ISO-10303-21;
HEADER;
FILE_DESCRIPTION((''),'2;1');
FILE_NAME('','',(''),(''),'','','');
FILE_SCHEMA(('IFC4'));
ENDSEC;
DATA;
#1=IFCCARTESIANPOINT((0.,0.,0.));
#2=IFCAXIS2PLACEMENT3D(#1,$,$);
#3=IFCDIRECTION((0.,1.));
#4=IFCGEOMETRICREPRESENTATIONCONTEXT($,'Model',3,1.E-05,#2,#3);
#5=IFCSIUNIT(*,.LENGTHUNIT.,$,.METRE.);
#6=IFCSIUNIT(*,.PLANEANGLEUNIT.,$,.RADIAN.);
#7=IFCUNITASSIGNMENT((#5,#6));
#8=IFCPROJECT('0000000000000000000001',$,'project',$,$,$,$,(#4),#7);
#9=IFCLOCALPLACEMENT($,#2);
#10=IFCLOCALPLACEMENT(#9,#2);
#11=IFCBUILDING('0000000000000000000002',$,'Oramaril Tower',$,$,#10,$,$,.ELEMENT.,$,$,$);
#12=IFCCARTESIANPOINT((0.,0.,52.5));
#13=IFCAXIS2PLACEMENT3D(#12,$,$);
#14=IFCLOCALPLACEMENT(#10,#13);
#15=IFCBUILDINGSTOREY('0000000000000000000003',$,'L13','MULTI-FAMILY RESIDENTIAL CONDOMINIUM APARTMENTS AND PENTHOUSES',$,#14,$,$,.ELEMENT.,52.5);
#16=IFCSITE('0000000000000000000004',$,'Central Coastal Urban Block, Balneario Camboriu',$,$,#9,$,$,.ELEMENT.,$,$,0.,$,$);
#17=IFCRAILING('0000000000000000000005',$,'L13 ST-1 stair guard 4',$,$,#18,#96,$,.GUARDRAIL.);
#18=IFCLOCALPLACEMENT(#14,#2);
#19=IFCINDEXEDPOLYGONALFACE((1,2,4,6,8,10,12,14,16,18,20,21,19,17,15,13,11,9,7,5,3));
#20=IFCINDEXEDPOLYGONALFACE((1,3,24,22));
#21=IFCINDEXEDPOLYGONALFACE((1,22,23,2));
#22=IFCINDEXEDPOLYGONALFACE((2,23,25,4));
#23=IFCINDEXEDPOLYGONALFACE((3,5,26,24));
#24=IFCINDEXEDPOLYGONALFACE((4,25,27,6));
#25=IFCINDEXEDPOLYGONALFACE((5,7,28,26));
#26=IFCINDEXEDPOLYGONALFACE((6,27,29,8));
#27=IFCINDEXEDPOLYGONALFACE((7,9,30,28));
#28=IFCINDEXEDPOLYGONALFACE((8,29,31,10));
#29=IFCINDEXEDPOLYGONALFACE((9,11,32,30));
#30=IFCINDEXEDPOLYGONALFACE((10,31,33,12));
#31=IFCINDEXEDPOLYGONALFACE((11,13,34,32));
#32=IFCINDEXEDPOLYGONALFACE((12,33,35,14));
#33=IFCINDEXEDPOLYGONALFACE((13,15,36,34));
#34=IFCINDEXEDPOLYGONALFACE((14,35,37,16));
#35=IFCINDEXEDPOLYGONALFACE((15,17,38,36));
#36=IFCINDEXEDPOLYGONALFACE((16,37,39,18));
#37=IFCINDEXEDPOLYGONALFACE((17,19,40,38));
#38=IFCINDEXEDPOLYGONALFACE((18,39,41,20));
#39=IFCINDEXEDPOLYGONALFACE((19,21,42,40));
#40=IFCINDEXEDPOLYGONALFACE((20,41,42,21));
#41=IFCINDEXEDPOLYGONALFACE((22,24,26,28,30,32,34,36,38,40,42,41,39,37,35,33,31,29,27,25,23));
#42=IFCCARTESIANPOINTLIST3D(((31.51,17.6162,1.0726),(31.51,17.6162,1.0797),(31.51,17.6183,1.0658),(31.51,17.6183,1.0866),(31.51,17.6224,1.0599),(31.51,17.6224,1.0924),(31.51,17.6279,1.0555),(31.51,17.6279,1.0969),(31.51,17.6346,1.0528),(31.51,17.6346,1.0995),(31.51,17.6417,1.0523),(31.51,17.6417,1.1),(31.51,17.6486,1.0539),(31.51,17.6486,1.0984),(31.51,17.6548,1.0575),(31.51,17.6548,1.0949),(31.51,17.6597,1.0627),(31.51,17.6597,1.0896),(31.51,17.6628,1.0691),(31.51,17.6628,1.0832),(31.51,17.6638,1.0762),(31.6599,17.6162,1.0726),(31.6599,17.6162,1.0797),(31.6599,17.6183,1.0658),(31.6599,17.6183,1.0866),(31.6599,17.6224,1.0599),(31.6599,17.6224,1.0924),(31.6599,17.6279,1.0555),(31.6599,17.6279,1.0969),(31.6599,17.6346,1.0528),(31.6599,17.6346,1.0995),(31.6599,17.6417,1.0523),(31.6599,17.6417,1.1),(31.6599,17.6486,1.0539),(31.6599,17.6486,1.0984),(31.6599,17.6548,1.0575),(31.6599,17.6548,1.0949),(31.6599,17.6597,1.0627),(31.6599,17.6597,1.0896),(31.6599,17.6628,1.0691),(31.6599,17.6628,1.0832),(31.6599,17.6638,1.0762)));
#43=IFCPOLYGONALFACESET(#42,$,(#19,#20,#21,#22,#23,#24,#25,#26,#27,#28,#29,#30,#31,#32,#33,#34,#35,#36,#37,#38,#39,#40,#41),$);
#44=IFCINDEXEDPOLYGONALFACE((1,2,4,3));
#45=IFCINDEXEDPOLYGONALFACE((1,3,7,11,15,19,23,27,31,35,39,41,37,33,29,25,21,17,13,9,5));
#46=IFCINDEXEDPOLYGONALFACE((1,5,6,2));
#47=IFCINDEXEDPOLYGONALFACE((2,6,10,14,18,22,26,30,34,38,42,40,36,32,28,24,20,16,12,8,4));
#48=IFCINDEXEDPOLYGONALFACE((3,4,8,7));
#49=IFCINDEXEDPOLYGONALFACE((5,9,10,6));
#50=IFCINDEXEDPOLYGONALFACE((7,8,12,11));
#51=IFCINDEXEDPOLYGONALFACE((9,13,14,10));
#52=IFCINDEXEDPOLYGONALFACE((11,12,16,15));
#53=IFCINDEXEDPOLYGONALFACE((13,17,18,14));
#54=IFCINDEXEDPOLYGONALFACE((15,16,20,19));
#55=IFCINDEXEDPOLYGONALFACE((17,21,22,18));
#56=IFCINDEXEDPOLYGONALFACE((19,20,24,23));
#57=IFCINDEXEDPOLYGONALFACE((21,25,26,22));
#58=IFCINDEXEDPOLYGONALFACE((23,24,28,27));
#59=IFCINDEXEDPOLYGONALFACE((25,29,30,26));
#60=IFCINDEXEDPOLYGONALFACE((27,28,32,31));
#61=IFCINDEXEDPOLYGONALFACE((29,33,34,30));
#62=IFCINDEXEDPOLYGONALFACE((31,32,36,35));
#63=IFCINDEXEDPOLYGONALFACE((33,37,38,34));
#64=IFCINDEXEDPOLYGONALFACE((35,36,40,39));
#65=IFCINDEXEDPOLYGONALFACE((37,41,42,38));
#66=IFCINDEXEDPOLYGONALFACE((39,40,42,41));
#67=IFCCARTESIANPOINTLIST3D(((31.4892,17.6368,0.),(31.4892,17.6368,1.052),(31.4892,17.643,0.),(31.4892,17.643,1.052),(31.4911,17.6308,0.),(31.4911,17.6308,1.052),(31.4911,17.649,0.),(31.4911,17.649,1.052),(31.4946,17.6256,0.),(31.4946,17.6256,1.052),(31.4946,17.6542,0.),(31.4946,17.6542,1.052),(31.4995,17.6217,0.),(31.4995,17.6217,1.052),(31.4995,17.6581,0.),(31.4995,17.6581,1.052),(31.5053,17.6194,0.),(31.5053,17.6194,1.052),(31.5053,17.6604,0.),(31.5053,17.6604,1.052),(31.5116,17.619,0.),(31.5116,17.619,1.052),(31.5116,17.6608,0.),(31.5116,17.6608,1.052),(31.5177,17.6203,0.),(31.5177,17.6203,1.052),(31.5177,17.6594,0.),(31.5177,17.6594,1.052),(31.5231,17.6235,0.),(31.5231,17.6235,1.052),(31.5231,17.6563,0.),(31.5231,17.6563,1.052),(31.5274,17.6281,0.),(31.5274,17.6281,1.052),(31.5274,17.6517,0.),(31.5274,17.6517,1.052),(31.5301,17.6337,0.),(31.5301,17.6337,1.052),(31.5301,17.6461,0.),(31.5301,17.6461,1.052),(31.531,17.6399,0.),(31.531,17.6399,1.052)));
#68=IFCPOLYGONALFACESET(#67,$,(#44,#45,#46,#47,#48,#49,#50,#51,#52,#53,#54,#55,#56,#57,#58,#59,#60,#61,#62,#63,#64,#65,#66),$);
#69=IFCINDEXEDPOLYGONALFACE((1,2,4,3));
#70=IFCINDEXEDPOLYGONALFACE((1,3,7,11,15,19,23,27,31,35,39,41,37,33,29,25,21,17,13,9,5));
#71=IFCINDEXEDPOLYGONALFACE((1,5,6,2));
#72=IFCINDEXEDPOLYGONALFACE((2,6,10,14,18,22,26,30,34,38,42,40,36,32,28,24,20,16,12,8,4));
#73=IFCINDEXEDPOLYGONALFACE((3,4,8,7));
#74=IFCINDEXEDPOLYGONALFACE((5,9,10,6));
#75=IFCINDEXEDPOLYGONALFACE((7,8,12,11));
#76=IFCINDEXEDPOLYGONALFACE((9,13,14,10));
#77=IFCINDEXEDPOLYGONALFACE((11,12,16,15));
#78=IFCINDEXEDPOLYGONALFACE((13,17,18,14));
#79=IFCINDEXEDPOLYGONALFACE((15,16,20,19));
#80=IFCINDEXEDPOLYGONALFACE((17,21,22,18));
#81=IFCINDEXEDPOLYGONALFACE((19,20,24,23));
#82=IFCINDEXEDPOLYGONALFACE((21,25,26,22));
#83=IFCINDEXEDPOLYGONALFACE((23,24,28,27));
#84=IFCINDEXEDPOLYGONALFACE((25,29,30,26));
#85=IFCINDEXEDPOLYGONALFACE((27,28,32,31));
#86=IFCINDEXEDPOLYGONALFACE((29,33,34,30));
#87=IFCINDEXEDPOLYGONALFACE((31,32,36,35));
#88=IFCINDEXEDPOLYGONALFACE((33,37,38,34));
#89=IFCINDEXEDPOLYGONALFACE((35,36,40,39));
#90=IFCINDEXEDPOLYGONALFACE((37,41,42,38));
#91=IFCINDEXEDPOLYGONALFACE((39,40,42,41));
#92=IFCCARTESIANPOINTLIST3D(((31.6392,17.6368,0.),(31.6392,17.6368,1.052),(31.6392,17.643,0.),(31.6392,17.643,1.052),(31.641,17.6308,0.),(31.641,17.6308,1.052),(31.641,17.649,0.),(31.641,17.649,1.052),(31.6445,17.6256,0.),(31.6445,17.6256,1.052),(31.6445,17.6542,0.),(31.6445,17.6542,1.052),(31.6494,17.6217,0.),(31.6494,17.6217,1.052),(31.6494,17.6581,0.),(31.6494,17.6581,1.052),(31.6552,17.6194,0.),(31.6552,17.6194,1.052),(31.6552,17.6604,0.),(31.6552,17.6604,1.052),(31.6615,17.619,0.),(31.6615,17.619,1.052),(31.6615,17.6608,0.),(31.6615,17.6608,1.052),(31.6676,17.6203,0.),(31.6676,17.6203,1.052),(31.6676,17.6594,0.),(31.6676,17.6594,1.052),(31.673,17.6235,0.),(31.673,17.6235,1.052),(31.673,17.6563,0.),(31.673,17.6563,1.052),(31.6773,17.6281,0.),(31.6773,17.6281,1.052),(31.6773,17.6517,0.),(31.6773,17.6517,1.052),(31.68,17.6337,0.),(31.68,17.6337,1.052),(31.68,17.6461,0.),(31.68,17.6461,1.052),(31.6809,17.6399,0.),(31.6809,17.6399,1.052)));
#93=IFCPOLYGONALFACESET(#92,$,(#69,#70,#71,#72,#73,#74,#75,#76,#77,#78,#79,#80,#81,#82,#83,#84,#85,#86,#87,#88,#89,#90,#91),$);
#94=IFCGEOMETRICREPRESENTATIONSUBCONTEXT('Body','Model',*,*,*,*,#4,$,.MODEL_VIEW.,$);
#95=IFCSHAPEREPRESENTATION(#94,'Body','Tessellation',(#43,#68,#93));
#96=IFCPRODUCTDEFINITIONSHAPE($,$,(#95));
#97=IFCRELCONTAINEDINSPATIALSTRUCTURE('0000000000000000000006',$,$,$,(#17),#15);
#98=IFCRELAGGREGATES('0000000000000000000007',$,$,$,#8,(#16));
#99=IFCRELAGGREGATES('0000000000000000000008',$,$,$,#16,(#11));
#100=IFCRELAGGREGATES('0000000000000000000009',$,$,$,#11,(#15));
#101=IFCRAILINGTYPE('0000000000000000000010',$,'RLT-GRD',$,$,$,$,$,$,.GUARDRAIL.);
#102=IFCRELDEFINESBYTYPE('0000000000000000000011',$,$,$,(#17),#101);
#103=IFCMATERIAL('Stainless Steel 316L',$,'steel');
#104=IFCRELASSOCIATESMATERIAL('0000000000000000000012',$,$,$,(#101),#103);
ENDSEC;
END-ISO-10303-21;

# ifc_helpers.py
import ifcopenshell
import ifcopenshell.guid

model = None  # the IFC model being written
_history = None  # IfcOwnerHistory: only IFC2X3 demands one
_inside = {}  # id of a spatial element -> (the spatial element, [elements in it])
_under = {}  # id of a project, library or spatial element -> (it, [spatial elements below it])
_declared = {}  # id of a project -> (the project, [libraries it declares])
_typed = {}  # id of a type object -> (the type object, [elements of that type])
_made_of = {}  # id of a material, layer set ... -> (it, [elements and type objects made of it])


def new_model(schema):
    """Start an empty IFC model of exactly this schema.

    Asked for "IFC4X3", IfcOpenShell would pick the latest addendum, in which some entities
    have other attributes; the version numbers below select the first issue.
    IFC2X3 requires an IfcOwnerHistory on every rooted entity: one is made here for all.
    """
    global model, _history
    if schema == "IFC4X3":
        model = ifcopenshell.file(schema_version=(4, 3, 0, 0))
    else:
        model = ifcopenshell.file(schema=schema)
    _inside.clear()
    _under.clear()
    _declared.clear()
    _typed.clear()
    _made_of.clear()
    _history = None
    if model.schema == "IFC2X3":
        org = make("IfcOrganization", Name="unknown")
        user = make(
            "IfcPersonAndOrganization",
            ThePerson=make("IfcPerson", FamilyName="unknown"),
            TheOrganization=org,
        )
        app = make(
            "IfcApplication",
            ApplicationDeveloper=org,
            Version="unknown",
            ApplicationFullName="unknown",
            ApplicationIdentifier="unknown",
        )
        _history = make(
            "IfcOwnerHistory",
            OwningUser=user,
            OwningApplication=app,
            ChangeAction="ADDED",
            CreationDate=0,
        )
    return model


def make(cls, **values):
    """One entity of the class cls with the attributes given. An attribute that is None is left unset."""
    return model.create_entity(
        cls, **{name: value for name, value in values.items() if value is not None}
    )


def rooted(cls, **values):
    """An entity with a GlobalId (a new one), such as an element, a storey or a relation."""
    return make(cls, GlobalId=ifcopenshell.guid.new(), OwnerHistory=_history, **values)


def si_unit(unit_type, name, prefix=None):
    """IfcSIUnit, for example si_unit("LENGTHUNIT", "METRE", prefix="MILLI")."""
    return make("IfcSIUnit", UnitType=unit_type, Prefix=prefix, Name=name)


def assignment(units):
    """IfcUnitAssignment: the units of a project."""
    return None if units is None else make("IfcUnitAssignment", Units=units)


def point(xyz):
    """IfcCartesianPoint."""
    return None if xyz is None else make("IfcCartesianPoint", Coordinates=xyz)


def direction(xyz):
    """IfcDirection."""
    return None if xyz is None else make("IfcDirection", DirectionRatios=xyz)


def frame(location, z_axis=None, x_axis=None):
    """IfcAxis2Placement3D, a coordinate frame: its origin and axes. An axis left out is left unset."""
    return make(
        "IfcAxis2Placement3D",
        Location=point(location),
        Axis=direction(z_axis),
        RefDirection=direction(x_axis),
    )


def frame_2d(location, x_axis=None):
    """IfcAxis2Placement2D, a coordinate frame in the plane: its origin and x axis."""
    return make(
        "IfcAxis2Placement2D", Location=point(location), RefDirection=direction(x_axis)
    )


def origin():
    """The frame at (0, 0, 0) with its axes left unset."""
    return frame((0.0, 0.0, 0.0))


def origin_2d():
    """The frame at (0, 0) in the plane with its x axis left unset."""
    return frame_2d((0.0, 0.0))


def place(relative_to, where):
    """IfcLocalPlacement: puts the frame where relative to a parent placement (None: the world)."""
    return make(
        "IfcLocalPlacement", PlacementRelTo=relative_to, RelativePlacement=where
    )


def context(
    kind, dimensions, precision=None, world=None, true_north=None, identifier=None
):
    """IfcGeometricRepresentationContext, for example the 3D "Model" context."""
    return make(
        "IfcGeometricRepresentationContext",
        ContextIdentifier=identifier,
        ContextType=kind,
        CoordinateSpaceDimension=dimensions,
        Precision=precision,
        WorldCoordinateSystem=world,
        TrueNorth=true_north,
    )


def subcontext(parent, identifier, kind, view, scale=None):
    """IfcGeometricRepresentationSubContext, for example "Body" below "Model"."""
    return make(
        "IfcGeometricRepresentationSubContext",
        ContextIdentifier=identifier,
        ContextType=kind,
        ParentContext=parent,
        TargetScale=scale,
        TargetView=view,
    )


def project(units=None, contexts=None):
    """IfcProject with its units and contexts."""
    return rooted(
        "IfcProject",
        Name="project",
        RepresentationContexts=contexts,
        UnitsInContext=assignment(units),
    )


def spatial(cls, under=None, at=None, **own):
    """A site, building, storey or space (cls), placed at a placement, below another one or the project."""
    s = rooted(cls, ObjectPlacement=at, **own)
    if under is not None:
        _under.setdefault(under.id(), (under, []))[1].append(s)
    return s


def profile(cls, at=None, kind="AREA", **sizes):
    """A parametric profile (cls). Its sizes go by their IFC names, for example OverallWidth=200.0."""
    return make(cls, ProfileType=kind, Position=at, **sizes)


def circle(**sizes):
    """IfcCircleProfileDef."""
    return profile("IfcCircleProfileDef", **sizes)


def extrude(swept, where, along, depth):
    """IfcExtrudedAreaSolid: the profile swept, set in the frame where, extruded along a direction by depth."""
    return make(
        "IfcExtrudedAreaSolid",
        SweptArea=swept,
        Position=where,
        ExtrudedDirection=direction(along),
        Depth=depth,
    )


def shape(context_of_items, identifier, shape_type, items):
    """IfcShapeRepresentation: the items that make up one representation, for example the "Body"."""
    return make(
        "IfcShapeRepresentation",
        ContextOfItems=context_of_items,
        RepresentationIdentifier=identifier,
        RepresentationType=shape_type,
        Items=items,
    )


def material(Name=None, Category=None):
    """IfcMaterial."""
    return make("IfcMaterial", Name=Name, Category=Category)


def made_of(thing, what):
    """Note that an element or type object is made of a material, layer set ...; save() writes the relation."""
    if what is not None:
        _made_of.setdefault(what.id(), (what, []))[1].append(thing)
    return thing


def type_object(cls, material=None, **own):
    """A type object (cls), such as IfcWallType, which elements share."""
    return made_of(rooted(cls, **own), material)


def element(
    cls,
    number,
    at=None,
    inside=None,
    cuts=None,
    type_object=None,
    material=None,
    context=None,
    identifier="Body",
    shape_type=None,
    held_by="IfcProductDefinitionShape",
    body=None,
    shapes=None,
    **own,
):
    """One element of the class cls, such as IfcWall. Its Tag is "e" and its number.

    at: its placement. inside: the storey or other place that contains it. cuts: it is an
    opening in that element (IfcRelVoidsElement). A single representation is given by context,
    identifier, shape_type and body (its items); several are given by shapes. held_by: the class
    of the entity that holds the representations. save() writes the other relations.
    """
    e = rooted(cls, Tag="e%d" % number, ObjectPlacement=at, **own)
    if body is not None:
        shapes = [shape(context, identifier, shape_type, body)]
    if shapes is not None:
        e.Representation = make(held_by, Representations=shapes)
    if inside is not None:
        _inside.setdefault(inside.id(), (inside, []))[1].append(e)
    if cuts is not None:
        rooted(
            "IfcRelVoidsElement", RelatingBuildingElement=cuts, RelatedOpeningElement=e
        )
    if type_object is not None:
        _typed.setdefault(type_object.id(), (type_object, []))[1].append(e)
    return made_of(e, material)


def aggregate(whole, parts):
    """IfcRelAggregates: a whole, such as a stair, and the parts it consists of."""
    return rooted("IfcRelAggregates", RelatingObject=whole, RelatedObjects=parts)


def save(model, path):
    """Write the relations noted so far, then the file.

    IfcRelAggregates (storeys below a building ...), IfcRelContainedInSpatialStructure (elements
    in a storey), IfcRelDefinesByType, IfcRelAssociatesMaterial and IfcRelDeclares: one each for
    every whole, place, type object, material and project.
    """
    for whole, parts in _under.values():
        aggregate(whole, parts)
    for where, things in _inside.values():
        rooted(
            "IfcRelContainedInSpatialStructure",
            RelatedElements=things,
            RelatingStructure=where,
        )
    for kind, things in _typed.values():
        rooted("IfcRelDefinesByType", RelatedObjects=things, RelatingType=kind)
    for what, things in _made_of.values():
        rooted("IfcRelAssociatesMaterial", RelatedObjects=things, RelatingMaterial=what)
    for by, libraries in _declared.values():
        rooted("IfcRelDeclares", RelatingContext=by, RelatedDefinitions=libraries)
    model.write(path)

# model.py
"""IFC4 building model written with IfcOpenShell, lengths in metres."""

from ifc_helpers import new_model, si_unit, direction, frame, origin, origin_2d, place, context, subcontext, project, spatial, circle, extrude, material, type_object, element, save


model = new_model("IFC4")

# Units and contexts
model_context = context("Model", 3, precision=1e-05, world=origin(), true_north=direction((0.0, 1.0)))
body_context = subcontext(model_context, "Body", "Model", "MODEL_VIEW")
ifc_project = project(units=[si_unit("LENGTHUNIT", "METRE"), si_unit("PLANEANGLEUNIT", "RADIAN")], contexts=[model_context])

# Site, building, storey
site_placement = place(None, origin())
site = spatial("IfcSite", under=ifc_project, at=site_placement, Name="Central Coastal Urban Block, Balneario Camboriu", CompositionType="ELEMENT", RefElevation=0.0)
building_placement = place(site_placement, origin())
building = spatial("IfcBuilding", under=site, at=building_placement, Name="Oramaril Tower", CompositionType="ELEMENT")
storey_placement = place(building_placement, frame((0.0, 0.0, 52.5)))
storey = spatial("IfcBuildingStorey", under=building, at=storey_placement, Name="L13", Description="MULTI-FAMILY RESIDENTIAL CONDOMINIUM APARTMENTS AND PENTHOUSES", CompositionType="ELEMENT", Elevation=52.5)

# Railing
ifc_material_1 = material(Name="Stainless Steel 316L", Category="steel")
railing_type_1 = type_object("IfcRailingType", Name="RLT-GRD", PredefinedType="GUARDRAIL", material=ifc_material_1)
railing_1_placement = place(storey_placement, frame((31.51, 17.6399, 0.0)))
element("IfcRailing", 1, at=railing_1_placement, inside=storey, type_object=railing_type_1, Name="L13 ST-1 stair guard 4", PredefinedType="GUARDRAIL", context=body_context, shape_type="SweptSolid", body=[
    extrude(circle(Radius=0.0239, at=origin_2d()), frame((0.0, 0.0, 1.0762), z_axis=(1.0, 0.0, 0.0), x_axis=(0.0, 1.0, 0.0)), (0.0, 0.0, 1.0), 0.1499),
    extrude(circle(Radius=0.021, at=origin_2d()), origin(), (0.0, 0.0, 1.0), 1.052),
    extrude(circle(Radius=0.021, at=origin_2d()), frame((0.1499, 0.0, 0.0)), (0.0, 0.0, 1.0), 1.052),
])

save(model, "model.ifc")
